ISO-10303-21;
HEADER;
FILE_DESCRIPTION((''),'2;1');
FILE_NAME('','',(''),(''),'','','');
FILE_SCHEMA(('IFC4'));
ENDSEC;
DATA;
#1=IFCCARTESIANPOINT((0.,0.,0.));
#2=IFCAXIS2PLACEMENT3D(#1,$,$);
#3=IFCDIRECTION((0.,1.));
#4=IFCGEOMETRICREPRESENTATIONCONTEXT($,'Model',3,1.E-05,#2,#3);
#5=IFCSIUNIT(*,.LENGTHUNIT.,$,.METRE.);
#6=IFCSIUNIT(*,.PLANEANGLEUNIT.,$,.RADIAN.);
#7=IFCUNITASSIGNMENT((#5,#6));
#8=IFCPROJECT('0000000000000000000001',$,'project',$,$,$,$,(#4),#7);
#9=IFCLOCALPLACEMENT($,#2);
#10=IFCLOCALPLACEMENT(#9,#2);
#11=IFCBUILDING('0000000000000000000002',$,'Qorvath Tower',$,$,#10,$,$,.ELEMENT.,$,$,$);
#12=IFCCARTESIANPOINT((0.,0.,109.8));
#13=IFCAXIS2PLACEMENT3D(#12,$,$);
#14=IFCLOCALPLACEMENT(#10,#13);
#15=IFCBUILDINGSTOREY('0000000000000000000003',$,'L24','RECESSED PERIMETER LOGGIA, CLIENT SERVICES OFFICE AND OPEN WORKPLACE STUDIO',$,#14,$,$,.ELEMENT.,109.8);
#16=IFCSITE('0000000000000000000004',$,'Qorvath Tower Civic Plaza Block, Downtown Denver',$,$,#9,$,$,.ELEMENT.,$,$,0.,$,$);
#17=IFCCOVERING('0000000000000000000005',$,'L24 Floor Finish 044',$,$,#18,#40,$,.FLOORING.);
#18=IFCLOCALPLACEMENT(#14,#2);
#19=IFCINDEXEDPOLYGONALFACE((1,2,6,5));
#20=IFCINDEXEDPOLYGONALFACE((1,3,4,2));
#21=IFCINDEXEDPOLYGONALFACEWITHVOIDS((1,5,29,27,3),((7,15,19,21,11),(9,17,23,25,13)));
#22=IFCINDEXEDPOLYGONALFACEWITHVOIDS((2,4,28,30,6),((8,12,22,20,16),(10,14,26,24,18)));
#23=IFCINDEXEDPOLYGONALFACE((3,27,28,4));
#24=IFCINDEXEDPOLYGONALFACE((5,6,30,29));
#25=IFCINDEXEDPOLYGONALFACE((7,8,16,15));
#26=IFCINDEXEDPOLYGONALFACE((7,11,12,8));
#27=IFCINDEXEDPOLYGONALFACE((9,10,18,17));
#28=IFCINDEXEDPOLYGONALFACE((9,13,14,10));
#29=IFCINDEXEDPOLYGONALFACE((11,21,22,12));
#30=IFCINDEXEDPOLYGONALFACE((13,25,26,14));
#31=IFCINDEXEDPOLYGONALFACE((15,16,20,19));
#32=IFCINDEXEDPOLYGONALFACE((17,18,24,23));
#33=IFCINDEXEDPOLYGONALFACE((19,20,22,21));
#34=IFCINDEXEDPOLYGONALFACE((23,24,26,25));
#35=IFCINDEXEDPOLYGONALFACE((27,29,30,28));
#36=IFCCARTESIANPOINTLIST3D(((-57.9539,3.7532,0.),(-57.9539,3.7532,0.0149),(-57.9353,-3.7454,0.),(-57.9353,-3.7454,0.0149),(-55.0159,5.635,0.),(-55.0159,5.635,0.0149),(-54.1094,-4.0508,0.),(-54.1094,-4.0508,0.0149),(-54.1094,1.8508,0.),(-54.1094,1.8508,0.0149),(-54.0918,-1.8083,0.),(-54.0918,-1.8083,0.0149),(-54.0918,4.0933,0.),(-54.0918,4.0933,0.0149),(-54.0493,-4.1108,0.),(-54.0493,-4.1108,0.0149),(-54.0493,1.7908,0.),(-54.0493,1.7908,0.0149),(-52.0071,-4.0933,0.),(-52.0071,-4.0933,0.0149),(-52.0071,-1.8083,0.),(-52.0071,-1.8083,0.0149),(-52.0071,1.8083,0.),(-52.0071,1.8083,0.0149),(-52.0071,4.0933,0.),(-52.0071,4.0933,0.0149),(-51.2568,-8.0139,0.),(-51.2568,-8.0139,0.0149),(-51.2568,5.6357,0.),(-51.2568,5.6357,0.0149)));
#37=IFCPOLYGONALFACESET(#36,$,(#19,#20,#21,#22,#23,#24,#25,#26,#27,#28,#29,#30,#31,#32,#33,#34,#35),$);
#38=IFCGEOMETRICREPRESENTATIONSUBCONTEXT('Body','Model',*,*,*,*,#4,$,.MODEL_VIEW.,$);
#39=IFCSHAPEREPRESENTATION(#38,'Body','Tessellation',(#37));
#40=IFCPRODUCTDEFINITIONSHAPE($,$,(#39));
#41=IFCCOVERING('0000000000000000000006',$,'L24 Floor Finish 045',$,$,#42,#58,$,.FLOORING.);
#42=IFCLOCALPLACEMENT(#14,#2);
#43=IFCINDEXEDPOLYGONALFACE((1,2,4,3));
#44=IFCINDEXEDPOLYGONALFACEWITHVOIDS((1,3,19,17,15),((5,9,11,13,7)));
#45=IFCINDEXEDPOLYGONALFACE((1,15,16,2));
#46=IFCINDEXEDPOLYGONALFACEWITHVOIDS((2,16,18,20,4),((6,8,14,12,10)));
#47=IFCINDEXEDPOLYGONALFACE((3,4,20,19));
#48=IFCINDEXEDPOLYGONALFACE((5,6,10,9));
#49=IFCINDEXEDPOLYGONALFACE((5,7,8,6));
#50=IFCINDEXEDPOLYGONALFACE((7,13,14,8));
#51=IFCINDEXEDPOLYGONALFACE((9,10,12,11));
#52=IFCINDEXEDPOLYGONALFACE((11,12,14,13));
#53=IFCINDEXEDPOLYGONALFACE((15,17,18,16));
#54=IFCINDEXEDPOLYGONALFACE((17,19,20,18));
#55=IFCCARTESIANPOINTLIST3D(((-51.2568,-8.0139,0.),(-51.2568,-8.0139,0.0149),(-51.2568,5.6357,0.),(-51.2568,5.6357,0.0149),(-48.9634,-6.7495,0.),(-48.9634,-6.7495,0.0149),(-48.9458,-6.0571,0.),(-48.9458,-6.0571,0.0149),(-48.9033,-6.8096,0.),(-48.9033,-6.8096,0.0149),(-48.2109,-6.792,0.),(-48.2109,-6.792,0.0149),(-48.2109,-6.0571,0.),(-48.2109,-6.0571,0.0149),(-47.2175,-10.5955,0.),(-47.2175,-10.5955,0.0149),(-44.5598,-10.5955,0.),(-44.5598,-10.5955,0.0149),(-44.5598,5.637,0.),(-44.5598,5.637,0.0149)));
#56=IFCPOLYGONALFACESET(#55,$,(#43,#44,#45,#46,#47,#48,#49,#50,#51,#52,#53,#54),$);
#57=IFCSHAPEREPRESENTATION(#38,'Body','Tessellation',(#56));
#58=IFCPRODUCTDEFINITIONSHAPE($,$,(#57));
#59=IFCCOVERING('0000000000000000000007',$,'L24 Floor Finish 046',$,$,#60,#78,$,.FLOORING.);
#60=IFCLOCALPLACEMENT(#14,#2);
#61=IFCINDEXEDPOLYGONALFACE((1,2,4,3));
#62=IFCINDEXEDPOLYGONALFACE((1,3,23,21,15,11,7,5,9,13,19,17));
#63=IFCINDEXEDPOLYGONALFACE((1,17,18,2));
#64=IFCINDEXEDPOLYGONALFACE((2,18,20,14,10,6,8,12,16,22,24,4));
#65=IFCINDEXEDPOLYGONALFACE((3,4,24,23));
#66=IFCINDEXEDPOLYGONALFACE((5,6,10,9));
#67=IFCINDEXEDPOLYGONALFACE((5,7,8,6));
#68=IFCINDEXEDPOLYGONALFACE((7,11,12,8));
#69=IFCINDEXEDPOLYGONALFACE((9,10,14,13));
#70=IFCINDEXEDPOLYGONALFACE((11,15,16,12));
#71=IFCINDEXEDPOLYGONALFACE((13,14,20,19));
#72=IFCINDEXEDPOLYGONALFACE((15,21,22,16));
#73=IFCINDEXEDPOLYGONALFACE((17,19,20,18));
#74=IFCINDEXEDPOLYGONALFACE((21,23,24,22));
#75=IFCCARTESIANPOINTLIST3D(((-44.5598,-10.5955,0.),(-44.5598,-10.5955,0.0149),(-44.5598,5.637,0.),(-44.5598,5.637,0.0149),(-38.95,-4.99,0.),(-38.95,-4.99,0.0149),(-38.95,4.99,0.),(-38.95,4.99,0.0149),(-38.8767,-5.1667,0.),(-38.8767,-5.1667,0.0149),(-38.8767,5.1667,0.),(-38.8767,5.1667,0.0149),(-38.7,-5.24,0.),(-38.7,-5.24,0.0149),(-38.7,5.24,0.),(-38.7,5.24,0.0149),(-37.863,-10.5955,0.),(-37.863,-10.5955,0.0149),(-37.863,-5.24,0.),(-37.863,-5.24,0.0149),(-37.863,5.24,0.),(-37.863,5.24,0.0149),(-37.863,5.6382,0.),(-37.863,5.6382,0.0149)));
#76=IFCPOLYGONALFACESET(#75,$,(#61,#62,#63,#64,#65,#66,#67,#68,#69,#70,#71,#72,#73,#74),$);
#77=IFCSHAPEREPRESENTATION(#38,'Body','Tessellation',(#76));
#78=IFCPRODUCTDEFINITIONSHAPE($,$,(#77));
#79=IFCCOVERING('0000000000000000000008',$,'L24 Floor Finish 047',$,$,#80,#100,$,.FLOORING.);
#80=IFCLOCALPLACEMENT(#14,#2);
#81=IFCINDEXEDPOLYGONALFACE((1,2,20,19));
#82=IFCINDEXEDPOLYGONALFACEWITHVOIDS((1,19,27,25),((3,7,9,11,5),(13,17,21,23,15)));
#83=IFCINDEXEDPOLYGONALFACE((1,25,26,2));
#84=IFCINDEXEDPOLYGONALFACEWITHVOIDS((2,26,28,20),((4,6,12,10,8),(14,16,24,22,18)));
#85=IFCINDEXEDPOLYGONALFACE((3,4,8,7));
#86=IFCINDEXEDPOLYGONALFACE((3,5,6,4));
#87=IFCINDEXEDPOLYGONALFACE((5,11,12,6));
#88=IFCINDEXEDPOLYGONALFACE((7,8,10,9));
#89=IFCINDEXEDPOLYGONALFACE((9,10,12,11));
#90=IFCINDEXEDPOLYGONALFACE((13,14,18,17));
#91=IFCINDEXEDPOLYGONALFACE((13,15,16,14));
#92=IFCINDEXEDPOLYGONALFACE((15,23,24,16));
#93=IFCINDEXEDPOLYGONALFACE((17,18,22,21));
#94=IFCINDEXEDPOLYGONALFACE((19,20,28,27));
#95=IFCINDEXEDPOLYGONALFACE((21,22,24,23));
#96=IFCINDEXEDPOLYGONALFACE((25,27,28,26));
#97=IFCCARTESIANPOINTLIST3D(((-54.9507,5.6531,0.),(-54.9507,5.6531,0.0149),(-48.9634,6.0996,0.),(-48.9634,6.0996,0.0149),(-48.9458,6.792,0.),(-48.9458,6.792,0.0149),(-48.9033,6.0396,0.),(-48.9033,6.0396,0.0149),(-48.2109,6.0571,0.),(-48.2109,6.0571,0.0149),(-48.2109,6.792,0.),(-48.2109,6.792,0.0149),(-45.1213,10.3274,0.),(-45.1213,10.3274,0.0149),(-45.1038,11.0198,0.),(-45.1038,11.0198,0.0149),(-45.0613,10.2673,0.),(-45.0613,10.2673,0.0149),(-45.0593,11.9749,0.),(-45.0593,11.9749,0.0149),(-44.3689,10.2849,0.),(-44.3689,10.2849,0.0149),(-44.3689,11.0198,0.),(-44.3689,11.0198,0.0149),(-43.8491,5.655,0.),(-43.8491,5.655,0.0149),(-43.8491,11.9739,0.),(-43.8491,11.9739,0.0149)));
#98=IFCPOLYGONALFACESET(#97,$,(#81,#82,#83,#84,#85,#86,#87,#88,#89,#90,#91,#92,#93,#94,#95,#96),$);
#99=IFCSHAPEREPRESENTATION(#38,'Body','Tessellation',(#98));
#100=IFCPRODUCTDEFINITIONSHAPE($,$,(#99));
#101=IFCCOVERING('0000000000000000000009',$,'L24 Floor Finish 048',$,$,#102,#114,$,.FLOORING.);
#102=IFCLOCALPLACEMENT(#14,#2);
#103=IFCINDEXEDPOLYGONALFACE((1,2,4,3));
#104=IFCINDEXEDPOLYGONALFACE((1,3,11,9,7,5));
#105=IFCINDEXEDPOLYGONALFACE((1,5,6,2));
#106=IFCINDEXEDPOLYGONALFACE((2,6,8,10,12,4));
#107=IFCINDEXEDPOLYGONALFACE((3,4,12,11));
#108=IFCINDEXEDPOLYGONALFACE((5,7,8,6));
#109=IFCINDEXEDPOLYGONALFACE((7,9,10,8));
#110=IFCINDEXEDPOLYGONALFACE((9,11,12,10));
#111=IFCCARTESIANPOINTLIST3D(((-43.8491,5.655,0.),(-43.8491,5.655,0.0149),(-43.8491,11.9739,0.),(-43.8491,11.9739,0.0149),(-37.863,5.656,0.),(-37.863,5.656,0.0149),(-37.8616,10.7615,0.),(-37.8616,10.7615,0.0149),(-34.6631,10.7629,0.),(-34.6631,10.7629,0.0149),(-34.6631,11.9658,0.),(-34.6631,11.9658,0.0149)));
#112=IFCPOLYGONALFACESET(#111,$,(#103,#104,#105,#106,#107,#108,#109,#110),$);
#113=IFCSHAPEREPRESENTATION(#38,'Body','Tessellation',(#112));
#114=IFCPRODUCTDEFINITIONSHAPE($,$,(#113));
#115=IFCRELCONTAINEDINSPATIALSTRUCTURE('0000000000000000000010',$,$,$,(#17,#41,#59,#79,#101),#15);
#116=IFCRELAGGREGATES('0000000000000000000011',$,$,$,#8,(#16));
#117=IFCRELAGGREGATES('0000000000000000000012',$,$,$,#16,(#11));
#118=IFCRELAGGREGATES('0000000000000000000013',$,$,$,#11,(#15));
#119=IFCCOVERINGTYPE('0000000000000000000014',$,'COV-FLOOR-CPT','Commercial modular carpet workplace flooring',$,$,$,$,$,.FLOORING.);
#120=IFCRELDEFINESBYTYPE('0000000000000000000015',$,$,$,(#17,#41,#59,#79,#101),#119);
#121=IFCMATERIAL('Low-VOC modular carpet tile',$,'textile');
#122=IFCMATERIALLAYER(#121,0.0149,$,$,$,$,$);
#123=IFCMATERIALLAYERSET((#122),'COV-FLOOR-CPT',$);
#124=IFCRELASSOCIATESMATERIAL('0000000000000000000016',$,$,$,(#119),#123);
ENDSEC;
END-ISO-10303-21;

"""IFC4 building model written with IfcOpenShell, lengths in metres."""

from ifc_helpers import new_model, si_unit, direction, frame, origin, place, context, subcontext, project, spatial, polyline, outline, extrude, material, layer, layer_set, type_object, element, save


model = new_model("IFC4")

# Units and contexts
model_context = context("Model", 3, precision=1e-05, world=origin(), true_north=direction((0.0, 1.0)))
body_context = subcontext(model_context, "Body", "Model", "MODEL_VIEW")
ifc_project = project(units=[si_unit("LENGTHUNIT", "METRE"), si_unit("PLANEANGLEUNIT", "RADIAN")], contexts=[model_context])

# Site, building, storey
site_placement = place(None, origin())
site = spatial("IfcSite", under=ifc_project, at=site_placement, Name="Qorvath Tower Civic Plaza Block, Downtown Denver", CompositionType="ELEMENT", RefElevation=0.0)
building_placement = place(site_placement, origin())
building = spatial("IfcBuilding", under=site, at=building_placement, Name="Qorvath Tower", CompositionType="ELEMENT")
storey_placement = place(building_placement, frame((0.0, 0.0, 109.8)))
storey = spatial("IfcBuildingStorey", under=building, at=storey_placement, Name="L24", Description="RECESSED PERIMETER LOGGIA, CLIENT SERVICES OFFICE AND OPEN WORKPLACE STUDIO", CompositionType="ELEMENT", Elevation=109.8)

# Coverings
ifc_material_1 = material(Name="Low-VOC modular carpet tile", Category="textile")
ifc_layer_1 = layer(ifc_material_1, 0.0149)
ifc_layer_set_1 = layer_set([ifc_layer_1], Name="COV-FLOOR-CPT")
covering_type_1 = type_object("IfcCoveringType", Name="COV-FLOOR-CPT", Description="Commercial modular carpet workplace flooring", PredefinedType="FLOORING", material=ifc_layer_set_1)
covering_1_placement = place(storey_placement, origin())
element("IfcCovering", 1, at=covering_1_placement, inside=storey, type_object=covering_type_1, Name="L24 Floor Finish 044", PredefinedType="FLOORING", context=body_context, shape_type="SweptSolid", body=[
    extrude(outline(polyline([(-55.0159, 5.635), (-57.9539, 3.7532), (-57.9353, -3.7454), (-51.2568, -8.0139), (-51.2568, 5.6357), (-55.0159, 5.635)]), holes=[polyline([(-54.1094, -4.0508), (-54.0918, -1.8083), (-52.0071, -1.8083), (-52.0071, -4.0933), (-54.0493, -4.1108), (-54.1094, -4.0508)]), polyline([(-54.1094, 1.8508), (-54.0918, 4.0933), (-52.0071, 4.0933), (-52.0071, 1.8083), (-54.0493, 1.7908), (-54.1094, 1.8508)])]), origin(), (0.0, 0.0, 1.0), 0.0149),
])
covering_2_placement = place(storey_placement, origin())
element("IfcCovering", 2, at=covering_2_placement, inside=storey, type_object=covering_type_1, Name="L24 Floor Finish 045", PredefinedType="FLOORING", context=body_context, shape_type="SweptSolid", body=[
    extrude(outline(polyline([(-51.2568, 5.6357), (-51.2568, -8.0139), (-47.2175, -10.5955), (-44.5598, -10.5955), (-44.5598, 5.637), (-51.2568, 5.6357)]), holes=[polyline([(-48.9634, -6.7495), (-48.9458, -6.0571), (-48.2109, -6.0571), (-48.2109, -6.792), (-48.9033, -6.8096), (-48.9634, -6.7495)])]), origin(), (0.0, 0.0, 1.0), 0.0149),
])
covering_3_placement = place(storey_placement, origin())
element("IfcCovering", 3, at=covering_3_placement, inside=storey, type_object=covering_type_1, Name="L24 Floor Finish 046", PredefinedType="FLOORING", context=body_context, shape_type="SweptSolid", body=[
    extrude(outline(polyline([(-44.5598, 5.637), (-44.5598, -10.5955), (-37.863, -10.5955), (-37.863, -5.24), (-38.7, -5.24), (-38.8767, -5.1667), (-38.95, -4.99), (-38.95, 4.99), (-38.8767, 5.1667), (-38.7, 5.24), (-37.863, 5.24), (-37.863, 5.6382), (-44.5598, 5.637)])), origin(), (0.0, 0.0, 1.0), 0.0149),
])
covering_4_placement = place(storey_placement, origin())
element("IfcCovering", 4, at=covering_4_placement, inside=storey, type_object=covering_type_1, Name="L24 Floor Finish 047", PredefinedType="FLOORING", context=body_context, shape_type="SweptSolid", body=[
    extrude(outline(polyline([(-43.8491, 5.655), (-43.8491, 11.9739), (-45.0593, 11.9749), (-54.9507, 5.6531), (-43.8491, 5.655)]), holes=[polyline([(-45.1213, 10.3274), (-45.1038, 11.0198), (-44.3689, 11.0198), (-44.3689, 10.2849), (-45.0613, 10.2673), (-45.1213, 10.3274)]), polyline([(-48.9634, 6.0996), (-48.9458, 6.792), (-48.2109, 6.792), (-48.2109, 6.0571), (-48.9033, 6.0396), (-48.9634, 6.0996)])]), origin(), (0.0, 0.0, 1.0), 0.0149),
])
covering_5_placement = place(storey_placement, origin())
element("IfcCovering", 5, at=covering_5_placement, inside=storey, type_object=covering_type_1, Name="L24 Floor Finish 048", PredefinedType="FLOORING", context=body_context, shape_type="SweptSolid", body=[
    extrude(outline(polyline([(-34.6631, 10.7629), (-34.6631, 11.9658), (-43.8491, 11.9739), (-43.8491, 5.655), (-37.863, 5.656), (-37.8616, 10.7615), (-34.6631, 10.7629)])), origin(), (0.0, 0.0, 1.0), 0.0149),
])

save(model, "model.ifc")
